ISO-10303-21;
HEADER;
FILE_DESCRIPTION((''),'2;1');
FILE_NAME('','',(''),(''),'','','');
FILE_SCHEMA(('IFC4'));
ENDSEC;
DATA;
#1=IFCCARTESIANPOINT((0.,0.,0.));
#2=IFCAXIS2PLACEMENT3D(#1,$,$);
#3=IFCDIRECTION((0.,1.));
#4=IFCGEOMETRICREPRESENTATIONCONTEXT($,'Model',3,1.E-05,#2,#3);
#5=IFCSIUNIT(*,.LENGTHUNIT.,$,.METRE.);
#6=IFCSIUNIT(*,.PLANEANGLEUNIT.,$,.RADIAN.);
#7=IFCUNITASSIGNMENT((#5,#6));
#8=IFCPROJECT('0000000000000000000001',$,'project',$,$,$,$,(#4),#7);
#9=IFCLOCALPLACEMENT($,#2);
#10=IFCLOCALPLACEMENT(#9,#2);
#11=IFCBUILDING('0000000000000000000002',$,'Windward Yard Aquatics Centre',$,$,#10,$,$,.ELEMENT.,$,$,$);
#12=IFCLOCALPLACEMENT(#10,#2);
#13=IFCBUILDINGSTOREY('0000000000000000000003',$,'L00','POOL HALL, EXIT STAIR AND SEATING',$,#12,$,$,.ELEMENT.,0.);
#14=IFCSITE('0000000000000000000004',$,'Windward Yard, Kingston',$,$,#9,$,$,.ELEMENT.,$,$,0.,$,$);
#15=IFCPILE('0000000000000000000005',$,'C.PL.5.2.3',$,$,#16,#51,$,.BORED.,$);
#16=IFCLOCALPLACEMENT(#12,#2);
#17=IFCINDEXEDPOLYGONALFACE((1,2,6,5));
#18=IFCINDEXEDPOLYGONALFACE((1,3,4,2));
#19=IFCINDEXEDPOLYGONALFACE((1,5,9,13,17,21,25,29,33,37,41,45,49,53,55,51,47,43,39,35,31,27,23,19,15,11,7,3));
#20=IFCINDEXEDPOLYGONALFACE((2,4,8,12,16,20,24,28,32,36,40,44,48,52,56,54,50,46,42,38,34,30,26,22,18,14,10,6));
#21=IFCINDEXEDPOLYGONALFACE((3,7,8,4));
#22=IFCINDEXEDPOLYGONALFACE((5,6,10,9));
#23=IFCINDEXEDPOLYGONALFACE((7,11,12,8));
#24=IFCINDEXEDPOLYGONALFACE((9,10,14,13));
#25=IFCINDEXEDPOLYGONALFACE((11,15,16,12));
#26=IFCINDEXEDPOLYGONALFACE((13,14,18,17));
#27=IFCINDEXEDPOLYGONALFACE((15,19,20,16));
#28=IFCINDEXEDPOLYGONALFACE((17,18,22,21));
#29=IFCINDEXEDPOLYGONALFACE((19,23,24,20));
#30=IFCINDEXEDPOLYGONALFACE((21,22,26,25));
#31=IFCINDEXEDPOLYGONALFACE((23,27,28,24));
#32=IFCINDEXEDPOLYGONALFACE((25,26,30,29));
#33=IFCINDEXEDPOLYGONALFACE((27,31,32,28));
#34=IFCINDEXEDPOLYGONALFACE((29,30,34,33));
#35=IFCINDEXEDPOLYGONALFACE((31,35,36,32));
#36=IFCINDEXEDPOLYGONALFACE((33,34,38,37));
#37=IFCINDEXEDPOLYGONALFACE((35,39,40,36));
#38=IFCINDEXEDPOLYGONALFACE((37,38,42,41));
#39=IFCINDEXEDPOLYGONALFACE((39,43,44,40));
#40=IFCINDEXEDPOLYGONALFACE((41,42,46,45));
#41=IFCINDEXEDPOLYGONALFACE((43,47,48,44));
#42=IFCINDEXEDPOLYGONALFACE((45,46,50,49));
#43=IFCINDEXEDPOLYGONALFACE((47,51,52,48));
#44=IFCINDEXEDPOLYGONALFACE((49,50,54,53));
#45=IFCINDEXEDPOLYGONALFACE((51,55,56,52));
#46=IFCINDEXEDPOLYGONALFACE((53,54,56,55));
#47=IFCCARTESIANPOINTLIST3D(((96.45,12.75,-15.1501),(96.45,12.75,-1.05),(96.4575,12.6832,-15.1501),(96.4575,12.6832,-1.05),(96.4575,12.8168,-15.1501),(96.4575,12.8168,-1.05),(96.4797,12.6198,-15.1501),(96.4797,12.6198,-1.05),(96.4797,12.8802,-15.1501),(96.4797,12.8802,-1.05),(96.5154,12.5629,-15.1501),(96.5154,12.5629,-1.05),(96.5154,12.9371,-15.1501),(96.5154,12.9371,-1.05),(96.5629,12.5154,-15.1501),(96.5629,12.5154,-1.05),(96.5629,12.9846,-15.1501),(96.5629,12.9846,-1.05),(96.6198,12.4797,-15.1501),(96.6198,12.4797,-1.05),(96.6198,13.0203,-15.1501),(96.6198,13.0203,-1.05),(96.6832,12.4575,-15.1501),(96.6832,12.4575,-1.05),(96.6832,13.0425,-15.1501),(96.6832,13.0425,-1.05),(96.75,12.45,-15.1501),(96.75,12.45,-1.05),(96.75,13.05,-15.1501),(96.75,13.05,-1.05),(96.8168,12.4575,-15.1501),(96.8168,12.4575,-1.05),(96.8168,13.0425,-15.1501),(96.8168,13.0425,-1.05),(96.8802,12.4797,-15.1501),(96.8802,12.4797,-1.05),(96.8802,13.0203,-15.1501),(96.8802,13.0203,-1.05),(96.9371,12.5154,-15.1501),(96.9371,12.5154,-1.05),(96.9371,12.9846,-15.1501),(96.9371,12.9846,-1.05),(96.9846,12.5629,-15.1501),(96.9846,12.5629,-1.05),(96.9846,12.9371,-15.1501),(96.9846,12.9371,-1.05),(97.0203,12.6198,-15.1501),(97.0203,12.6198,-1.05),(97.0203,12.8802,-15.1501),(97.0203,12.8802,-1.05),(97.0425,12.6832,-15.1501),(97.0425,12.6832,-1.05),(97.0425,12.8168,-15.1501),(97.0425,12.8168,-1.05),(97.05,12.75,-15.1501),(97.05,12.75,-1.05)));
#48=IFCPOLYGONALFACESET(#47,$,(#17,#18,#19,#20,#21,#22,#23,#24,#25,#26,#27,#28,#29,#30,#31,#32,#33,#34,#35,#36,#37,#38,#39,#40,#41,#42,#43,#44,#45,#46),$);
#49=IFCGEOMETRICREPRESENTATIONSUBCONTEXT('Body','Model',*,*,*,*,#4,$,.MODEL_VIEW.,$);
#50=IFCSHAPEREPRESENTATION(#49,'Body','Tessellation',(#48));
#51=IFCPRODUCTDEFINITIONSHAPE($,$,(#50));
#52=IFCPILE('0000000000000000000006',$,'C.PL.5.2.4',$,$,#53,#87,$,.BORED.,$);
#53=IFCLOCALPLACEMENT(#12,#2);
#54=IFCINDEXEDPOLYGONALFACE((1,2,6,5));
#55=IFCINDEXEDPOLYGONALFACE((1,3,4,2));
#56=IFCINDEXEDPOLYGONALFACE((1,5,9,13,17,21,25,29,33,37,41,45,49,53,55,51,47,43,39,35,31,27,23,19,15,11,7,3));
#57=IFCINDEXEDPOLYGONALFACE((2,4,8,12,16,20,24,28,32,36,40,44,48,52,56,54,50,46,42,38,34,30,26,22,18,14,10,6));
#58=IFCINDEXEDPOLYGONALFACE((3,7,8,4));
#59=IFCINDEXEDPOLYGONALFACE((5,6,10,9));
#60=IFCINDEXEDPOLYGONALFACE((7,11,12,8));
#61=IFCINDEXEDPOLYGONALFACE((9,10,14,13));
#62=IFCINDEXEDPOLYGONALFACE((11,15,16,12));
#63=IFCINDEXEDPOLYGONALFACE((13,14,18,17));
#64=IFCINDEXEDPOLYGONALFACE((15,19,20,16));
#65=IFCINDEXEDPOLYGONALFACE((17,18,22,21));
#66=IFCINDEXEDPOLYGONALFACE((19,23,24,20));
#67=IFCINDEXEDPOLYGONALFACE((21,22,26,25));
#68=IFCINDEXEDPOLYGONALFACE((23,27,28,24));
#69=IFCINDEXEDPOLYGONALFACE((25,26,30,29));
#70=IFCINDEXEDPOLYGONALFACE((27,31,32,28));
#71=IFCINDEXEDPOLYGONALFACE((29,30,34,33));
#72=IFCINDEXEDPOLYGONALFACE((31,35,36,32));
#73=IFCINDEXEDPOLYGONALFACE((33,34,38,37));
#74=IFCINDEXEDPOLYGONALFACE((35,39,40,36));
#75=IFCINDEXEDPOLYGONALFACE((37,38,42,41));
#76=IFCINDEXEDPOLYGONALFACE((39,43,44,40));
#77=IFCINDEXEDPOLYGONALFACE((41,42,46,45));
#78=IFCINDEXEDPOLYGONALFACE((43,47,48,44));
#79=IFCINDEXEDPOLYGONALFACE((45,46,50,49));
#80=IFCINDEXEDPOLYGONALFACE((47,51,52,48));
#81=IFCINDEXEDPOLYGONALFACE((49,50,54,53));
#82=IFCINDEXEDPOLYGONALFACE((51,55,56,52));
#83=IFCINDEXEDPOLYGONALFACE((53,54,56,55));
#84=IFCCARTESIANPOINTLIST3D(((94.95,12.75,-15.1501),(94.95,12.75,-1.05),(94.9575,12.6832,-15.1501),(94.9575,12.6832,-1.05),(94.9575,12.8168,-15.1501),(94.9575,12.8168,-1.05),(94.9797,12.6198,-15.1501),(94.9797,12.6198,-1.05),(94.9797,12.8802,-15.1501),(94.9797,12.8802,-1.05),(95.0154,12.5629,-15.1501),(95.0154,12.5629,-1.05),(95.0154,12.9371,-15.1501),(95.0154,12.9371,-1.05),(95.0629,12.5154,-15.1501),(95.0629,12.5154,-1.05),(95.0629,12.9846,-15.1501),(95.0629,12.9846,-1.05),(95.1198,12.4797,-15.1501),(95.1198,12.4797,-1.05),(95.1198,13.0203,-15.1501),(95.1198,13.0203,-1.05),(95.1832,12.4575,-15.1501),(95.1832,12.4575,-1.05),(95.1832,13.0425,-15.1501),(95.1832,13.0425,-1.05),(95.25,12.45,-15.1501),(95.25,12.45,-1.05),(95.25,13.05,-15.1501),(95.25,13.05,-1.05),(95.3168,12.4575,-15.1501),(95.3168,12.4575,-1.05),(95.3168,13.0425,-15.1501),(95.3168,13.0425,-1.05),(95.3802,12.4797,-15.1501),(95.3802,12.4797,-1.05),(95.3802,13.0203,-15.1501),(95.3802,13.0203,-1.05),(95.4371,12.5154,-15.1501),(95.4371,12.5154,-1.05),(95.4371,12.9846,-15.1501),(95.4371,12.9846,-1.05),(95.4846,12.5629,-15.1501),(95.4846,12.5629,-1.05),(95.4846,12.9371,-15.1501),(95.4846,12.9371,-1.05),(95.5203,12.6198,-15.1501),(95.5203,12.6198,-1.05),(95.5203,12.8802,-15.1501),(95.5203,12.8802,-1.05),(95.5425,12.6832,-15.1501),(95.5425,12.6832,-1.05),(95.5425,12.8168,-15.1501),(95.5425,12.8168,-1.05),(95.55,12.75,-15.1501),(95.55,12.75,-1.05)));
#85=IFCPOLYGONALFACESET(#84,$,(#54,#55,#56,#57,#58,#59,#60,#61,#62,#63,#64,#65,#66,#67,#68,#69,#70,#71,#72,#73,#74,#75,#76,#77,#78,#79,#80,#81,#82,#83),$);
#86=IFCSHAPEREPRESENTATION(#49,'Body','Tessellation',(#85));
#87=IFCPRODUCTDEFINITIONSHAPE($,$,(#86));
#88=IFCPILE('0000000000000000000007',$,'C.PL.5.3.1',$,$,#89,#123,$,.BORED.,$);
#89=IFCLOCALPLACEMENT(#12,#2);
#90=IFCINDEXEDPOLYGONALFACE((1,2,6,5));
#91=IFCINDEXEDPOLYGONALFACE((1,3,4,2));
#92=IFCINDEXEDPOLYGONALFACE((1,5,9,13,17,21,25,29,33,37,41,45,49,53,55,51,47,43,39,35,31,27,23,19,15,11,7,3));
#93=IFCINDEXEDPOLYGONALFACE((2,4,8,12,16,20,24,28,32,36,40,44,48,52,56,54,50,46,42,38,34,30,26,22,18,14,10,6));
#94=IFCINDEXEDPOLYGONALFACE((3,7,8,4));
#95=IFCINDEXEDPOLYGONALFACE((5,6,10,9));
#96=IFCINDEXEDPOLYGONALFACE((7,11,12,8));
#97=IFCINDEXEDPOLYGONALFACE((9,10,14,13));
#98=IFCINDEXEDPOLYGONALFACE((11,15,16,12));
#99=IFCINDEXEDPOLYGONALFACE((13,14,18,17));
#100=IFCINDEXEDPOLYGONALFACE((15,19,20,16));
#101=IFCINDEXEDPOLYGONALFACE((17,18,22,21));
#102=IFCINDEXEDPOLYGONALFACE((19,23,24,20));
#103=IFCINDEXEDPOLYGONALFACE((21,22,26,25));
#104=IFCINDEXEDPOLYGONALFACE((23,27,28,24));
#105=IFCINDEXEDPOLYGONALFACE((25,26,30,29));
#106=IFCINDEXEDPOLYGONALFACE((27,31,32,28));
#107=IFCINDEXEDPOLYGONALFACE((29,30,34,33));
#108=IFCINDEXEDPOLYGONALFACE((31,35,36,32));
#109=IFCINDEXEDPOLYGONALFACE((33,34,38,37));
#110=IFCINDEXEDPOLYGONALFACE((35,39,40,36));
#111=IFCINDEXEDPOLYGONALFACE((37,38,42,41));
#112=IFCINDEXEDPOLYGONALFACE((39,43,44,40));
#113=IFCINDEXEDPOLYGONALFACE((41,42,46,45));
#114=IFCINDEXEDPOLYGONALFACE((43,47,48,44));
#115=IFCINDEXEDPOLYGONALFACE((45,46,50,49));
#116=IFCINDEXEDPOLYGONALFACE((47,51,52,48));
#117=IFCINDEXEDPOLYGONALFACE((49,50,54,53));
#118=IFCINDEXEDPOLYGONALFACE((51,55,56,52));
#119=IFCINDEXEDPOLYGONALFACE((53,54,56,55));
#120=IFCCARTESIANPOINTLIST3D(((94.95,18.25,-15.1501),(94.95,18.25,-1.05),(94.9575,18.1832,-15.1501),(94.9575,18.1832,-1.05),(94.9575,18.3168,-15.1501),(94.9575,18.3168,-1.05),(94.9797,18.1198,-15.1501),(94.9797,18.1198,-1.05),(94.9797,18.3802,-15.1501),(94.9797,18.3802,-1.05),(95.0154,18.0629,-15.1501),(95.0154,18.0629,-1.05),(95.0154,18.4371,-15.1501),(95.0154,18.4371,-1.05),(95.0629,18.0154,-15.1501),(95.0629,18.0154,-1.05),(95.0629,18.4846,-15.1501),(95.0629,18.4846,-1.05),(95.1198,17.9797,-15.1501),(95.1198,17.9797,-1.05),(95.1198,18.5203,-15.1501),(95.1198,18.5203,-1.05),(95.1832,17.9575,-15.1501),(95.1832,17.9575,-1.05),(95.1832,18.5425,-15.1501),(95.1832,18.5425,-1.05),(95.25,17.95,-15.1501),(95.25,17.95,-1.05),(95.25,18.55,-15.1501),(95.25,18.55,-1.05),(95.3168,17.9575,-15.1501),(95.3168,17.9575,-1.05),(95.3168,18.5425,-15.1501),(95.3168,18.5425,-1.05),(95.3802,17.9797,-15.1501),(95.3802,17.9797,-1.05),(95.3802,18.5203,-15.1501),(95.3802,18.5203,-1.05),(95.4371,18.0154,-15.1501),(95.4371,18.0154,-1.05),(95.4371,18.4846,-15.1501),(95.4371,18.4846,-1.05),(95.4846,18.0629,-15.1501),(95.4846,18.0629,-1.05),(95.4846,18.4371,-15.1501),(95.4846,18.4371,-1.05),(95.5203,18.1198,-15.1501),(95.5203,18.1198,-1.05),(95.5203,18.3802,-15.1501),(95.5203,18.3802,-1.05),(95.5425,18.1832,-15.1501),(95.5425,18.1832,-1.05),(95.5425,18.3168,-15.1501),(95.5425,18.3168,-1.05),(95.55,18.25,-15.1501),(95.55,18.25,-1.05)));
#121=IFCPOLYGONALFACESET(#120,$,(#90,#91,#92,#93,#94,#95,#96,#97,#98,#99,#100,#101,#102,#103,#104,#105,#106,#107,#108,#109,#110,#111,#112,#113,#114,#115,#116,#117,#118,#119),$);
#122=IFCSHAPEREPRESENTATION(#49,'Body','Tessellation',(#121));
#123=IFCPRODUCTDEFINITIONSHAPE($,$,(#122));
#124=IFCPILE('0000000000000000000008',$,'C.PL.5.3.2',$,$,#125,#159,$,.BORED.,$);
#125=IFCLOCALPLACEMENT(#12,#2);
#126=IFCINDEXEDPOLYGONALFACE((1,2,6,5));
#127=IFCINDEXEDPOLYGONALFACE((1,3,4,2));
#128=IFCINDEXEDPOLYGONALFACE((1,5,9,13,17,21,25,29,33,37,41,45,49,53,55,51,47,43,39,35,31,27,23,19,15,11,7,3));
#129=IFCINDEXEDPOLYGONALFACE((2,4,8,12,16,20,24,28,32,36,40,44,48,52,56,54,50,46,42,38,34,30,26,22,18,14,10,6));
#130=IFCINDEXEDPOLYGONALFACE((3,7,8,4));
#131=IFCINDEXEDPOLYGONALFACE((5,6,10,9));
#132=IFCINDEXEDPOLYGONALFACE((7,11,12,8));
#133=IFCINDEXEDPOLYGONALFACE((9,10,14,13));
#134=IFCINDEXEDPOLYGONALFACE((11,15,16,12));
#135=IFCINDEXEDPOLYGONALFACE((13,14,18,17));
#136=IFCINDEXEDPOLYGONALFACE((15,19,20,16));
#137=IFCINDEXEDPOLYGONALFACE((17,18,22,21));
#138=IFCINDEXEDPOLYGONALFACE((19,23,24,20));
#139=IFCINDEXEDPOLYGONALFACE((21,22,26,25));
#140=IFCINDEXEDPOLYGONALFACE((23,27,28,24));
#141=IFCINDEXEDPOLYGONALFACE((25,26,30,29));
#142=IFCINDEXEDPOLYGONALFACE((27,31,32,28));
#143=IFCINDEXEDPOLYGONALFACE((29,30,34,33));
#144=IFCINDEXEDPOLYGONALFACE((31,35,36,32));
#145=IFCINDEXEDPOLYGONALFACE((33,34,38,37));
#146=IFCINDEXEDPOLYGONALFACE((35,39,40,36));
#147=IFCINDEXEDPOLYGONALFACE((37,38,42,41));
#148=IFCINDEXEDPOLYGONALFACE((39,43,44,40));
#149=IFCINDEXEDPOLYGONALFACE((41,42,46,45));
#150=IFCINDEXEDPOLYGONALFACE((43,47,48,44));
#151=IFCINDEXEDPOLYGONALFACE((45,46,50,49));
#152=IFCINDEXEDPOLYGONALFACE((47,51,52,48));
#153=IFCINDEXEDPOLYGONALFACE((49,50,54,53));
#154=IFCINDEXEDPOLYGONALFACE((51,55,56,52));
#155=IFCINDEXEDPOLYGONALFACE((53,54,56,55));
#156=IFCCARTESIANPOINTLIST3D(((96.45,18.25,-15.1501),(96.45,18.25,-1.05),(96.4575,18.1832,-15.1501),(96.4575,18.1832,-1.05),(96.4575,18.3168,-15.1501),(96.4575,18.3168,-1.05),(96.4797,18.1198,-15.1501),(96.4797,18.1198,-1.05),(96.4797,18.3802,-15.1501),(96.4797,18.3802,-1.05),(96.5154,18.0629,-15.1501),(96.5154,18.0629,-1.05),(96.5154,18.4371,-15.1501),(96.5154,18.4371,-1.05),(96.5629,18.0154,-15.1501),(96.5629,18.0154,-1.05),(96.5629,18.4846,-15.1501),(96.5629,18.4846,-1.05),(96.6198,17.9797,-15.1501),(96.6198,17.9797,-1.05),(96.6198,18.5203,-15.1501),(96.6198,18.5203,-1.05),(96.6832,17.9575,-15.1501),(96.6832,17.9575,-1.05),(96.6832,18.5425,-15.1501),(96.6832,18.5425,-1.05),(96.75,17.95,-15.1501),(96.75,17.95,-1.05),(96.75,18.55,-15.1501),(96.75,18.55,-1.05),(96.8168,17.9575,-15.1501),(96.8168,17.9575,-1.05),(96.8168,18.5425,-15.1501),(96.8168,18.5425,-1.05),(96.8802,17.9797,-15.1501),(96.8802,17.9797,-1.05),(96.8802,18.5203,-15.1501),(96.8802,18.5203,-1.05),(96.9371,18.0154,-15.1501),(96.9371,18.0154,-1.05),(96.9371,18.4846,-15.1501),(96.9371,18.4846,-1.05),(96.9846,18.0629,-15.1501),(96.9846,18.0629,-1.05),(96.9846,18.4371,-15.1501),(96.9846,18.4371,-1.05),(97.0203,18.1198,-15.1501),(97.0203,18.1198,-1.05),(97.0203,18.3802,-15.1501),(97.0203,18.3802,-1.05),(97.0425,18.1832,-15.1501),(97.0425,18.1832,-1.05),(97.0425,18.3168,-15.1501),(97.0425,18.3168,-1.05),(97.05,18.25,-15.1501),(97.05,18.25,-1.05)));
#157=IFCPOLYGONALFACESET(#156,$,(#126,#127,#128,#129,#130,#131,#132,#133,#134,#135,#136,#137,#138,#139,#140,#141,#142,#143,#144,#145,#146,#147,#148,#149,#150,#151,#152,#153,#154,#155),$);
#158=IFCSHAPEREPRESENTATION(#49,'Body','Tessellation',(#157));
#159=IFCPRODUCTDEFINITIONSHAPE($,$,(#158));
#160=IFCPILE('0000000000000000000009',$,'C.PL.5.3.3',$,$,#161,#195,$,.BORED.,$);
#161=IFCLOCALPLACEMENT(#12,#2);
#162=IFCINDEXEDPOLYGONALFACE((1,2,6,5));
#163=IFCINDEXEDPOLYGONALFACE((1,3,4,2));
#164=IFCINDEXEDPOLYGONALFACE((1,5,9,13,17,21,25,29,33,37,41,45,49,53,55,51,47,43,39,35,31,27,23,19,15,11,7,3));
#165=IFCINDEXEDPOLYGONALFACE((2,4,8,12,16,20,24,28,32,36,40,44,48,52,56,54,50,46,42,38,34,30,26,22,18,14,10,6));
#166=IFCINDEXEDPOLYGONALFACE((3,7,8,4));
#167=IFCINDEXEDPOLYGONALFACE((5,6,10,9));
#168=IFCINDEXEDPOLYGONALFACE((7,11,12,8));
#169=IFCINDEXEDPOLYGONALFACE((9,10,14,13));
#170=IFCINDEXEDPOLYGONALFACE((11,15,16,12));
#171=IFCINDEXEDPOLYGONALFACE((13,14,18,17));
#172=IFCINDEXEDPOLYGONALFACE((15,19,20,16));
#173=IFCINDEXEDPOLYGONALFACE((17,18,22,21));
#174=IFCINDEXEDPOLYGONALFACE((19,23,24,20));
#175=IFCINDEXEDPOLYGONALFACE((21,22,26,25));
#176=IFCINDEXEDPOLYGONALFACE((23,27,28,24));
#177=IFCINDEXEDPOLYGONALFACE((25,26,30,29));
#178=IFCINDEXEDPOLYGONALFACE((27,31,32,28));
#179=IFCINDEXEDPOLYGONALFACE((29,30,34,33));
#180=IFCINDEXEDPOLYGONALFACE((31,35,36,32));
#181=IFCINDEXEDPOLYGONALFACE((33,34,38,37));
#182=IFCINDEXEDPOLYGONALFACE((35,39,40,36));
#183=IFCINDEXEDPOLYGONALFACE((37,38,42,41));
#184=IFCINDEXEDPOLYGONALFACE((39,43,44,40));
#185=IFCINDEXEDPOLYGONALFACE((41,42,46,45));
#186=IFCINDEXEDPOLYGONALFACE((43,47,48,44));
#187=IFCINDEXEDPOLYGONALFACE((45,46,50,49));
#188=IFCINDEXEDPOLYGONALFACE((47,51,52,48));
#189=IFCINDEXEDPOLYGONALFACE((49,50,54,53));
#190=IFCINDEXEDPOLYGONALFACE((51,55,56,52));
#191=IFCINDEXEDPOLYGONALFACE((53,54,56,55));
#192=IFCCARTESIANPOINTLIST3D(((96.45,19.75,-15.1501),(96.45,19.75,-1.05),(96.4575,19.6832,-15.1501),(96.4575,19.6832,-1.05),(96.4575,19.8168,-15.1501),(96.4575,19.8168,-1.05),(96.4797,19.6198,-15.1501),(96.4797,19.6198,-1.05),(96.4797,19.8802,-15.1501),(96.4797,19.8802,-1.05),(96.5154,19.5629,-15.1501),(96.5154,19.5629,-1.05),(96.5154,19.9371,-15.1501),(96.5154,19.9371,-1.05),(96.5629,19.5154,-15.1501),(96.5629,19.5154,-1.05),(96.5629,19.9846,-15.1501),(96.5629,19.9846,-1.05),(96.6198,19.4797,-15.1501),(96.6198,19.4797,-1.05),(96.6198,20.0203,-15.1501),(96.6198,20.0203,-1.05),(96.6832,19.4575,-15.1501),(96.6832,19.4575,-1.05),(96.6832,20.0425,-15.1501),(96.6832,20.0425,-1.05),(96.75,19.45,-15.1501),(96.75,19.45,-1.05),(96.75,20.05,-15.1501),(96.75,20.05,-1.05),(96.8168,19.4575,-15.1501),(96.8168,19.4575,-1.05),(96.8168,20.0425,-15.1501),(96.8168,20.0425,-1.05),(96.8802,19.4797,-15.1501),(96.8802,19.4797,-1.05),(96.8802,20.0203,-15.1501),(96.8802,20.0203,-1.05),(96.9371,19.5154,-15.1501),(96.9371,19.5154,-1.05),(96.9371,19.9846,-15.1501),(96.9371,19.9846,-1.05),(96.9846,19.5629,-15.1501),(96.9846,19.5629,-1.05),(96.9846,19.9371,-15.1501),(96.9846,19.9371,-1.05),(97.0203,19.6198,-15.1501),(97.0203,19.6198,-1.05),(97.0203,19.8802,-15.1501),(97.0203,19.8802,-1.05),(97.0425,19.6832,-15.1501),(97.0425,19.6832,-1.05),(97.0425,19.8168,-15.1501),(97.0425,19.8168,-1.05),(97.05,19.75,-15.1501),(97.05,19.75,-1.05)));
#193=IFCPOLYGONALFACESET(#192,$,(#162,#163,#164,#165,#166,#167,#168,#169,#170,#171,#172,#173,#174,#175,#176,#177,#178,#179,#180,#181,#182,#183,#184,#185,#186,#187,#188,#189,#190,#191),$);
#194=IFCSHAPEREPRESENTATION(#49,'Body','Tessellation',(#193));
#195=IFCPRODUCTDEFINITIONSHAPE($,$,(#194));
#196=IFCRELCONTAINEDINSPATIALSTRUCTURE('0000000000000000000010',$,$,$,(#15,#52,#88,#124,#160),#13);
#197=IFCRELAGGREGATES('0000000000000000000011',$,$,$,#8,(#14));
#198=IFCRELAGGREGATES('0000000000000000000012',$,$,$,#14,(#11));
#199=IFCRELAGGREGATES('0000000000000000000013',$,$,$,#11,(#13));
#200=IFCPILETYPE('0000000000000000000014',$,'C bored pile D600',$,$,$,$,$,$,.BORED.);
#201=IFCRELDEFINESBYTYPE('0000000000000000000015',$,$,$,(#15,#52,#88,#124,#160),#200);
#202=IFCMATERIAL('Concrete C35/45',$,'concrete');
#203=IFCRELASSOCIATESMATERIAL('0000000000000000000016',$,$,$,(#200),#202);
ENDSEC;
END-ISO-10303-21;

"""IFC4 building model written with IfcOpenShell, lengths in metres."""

from ifc_helpers import new_model, si_unit, direction, frame, origin, origin_2d, place, context, subcontext, project, spatial, circle, extrude, material, material_profile, profile_set, type_object, element, save


model = new_model("IFC4")

# Units and contexts
model_context = context("Model", 3, precision=1e-05, world=origin(), true_north=direction((0.0, 1.0)))
body_context = subcontext(model_context, "Body", "Model", "MODEL_VIEW")
ifc_project = project(units=[si_unit("LENGTHUNIT", "METRE"), si_unit("PLANEANGLEUNIT", "RADIAN")], contexts=[model_context])

# Site, building, storey
site_placement = place(None, origin())
site = spatial("IfcSite", under=ifc_project, at=site_placement, Name="Windward Yard, Kingston", CompositionType="ELEMENT", RefElevation=0.0)
building_placement = place(site_placement, origin())
building = spatial("IfcBuilding", under=site, at=building_placement, Name="Windward Yard Aquatics Centre", CompositionType="ELEMENT")
storey_placement = place(building_placement, origin())
storey = spatial("IfcBuildingStorey", under=building, at=storey_placement, Name="L00", Description="POOL HALL, EXIT STAIR AND SEATING", CompositionType="ELEMENT", Elevation=0.0)

# Piles
ifc_material_1 = material(Name="Concrete C35/45", Category="concrete")
ifc_material_profile_1 = material_profile(ifc_material_1, circle(Radius=0.3, at=origin_2d()), Name="RC D600")
ifc_profile_set_1 = profile_set([ifc_material_profile_1], Name="Concrete C35/45")
pile_type_1 = type_object("IfcPileType", Name="C bored pile D600", PredefinedType="BORED", material=ifc_profile_set_1)
for number, where, z_axis, x_axis, name in (
    (1, (96.75, 12.75, -1.05), (0.0, 0.0, -1.0), (1.0, 0.0, 0.0), "C.PL.5.2.3"),
    (2, (95.25, 12.75, -1.05), (0.0, 0.0, -1.0), (1.0, 0.0, 0.0), "C.PL.5.2.4"),
    (3, (95.25, 18.25, -1.05), (0.0, 0.0, -1.0), (1.0, 0.0, 0.0), "C.PL.5.3.1"),
    (4, (96.75, 18.25, -1.05), (0.0, 0.0, -1.0), (1.0, 0.0, 0.0), "C.PL.5.3.2"),
    (5, (96.75, 19.75, -1.05), (0.0, 0.0, -1.0), (1.0, 0.0, 0.0), "C.PL.5.3.3"),
):
    element("IfcPile", number, at=place(storey_placement, frame(where, z_axis=z_axis, x_axis=x_axis)), inside=storey, type_object=pile_type_1, Name=name, PredefinedType="BORED", context=body_context, shape_type="SweptSolid", body=[
        extrude(circle(Radius=0.3, at=origin_2d()), origin(), (0.0, 0.0, 1.0), 14.1001),
    ])

save(model, "model.ifc")
